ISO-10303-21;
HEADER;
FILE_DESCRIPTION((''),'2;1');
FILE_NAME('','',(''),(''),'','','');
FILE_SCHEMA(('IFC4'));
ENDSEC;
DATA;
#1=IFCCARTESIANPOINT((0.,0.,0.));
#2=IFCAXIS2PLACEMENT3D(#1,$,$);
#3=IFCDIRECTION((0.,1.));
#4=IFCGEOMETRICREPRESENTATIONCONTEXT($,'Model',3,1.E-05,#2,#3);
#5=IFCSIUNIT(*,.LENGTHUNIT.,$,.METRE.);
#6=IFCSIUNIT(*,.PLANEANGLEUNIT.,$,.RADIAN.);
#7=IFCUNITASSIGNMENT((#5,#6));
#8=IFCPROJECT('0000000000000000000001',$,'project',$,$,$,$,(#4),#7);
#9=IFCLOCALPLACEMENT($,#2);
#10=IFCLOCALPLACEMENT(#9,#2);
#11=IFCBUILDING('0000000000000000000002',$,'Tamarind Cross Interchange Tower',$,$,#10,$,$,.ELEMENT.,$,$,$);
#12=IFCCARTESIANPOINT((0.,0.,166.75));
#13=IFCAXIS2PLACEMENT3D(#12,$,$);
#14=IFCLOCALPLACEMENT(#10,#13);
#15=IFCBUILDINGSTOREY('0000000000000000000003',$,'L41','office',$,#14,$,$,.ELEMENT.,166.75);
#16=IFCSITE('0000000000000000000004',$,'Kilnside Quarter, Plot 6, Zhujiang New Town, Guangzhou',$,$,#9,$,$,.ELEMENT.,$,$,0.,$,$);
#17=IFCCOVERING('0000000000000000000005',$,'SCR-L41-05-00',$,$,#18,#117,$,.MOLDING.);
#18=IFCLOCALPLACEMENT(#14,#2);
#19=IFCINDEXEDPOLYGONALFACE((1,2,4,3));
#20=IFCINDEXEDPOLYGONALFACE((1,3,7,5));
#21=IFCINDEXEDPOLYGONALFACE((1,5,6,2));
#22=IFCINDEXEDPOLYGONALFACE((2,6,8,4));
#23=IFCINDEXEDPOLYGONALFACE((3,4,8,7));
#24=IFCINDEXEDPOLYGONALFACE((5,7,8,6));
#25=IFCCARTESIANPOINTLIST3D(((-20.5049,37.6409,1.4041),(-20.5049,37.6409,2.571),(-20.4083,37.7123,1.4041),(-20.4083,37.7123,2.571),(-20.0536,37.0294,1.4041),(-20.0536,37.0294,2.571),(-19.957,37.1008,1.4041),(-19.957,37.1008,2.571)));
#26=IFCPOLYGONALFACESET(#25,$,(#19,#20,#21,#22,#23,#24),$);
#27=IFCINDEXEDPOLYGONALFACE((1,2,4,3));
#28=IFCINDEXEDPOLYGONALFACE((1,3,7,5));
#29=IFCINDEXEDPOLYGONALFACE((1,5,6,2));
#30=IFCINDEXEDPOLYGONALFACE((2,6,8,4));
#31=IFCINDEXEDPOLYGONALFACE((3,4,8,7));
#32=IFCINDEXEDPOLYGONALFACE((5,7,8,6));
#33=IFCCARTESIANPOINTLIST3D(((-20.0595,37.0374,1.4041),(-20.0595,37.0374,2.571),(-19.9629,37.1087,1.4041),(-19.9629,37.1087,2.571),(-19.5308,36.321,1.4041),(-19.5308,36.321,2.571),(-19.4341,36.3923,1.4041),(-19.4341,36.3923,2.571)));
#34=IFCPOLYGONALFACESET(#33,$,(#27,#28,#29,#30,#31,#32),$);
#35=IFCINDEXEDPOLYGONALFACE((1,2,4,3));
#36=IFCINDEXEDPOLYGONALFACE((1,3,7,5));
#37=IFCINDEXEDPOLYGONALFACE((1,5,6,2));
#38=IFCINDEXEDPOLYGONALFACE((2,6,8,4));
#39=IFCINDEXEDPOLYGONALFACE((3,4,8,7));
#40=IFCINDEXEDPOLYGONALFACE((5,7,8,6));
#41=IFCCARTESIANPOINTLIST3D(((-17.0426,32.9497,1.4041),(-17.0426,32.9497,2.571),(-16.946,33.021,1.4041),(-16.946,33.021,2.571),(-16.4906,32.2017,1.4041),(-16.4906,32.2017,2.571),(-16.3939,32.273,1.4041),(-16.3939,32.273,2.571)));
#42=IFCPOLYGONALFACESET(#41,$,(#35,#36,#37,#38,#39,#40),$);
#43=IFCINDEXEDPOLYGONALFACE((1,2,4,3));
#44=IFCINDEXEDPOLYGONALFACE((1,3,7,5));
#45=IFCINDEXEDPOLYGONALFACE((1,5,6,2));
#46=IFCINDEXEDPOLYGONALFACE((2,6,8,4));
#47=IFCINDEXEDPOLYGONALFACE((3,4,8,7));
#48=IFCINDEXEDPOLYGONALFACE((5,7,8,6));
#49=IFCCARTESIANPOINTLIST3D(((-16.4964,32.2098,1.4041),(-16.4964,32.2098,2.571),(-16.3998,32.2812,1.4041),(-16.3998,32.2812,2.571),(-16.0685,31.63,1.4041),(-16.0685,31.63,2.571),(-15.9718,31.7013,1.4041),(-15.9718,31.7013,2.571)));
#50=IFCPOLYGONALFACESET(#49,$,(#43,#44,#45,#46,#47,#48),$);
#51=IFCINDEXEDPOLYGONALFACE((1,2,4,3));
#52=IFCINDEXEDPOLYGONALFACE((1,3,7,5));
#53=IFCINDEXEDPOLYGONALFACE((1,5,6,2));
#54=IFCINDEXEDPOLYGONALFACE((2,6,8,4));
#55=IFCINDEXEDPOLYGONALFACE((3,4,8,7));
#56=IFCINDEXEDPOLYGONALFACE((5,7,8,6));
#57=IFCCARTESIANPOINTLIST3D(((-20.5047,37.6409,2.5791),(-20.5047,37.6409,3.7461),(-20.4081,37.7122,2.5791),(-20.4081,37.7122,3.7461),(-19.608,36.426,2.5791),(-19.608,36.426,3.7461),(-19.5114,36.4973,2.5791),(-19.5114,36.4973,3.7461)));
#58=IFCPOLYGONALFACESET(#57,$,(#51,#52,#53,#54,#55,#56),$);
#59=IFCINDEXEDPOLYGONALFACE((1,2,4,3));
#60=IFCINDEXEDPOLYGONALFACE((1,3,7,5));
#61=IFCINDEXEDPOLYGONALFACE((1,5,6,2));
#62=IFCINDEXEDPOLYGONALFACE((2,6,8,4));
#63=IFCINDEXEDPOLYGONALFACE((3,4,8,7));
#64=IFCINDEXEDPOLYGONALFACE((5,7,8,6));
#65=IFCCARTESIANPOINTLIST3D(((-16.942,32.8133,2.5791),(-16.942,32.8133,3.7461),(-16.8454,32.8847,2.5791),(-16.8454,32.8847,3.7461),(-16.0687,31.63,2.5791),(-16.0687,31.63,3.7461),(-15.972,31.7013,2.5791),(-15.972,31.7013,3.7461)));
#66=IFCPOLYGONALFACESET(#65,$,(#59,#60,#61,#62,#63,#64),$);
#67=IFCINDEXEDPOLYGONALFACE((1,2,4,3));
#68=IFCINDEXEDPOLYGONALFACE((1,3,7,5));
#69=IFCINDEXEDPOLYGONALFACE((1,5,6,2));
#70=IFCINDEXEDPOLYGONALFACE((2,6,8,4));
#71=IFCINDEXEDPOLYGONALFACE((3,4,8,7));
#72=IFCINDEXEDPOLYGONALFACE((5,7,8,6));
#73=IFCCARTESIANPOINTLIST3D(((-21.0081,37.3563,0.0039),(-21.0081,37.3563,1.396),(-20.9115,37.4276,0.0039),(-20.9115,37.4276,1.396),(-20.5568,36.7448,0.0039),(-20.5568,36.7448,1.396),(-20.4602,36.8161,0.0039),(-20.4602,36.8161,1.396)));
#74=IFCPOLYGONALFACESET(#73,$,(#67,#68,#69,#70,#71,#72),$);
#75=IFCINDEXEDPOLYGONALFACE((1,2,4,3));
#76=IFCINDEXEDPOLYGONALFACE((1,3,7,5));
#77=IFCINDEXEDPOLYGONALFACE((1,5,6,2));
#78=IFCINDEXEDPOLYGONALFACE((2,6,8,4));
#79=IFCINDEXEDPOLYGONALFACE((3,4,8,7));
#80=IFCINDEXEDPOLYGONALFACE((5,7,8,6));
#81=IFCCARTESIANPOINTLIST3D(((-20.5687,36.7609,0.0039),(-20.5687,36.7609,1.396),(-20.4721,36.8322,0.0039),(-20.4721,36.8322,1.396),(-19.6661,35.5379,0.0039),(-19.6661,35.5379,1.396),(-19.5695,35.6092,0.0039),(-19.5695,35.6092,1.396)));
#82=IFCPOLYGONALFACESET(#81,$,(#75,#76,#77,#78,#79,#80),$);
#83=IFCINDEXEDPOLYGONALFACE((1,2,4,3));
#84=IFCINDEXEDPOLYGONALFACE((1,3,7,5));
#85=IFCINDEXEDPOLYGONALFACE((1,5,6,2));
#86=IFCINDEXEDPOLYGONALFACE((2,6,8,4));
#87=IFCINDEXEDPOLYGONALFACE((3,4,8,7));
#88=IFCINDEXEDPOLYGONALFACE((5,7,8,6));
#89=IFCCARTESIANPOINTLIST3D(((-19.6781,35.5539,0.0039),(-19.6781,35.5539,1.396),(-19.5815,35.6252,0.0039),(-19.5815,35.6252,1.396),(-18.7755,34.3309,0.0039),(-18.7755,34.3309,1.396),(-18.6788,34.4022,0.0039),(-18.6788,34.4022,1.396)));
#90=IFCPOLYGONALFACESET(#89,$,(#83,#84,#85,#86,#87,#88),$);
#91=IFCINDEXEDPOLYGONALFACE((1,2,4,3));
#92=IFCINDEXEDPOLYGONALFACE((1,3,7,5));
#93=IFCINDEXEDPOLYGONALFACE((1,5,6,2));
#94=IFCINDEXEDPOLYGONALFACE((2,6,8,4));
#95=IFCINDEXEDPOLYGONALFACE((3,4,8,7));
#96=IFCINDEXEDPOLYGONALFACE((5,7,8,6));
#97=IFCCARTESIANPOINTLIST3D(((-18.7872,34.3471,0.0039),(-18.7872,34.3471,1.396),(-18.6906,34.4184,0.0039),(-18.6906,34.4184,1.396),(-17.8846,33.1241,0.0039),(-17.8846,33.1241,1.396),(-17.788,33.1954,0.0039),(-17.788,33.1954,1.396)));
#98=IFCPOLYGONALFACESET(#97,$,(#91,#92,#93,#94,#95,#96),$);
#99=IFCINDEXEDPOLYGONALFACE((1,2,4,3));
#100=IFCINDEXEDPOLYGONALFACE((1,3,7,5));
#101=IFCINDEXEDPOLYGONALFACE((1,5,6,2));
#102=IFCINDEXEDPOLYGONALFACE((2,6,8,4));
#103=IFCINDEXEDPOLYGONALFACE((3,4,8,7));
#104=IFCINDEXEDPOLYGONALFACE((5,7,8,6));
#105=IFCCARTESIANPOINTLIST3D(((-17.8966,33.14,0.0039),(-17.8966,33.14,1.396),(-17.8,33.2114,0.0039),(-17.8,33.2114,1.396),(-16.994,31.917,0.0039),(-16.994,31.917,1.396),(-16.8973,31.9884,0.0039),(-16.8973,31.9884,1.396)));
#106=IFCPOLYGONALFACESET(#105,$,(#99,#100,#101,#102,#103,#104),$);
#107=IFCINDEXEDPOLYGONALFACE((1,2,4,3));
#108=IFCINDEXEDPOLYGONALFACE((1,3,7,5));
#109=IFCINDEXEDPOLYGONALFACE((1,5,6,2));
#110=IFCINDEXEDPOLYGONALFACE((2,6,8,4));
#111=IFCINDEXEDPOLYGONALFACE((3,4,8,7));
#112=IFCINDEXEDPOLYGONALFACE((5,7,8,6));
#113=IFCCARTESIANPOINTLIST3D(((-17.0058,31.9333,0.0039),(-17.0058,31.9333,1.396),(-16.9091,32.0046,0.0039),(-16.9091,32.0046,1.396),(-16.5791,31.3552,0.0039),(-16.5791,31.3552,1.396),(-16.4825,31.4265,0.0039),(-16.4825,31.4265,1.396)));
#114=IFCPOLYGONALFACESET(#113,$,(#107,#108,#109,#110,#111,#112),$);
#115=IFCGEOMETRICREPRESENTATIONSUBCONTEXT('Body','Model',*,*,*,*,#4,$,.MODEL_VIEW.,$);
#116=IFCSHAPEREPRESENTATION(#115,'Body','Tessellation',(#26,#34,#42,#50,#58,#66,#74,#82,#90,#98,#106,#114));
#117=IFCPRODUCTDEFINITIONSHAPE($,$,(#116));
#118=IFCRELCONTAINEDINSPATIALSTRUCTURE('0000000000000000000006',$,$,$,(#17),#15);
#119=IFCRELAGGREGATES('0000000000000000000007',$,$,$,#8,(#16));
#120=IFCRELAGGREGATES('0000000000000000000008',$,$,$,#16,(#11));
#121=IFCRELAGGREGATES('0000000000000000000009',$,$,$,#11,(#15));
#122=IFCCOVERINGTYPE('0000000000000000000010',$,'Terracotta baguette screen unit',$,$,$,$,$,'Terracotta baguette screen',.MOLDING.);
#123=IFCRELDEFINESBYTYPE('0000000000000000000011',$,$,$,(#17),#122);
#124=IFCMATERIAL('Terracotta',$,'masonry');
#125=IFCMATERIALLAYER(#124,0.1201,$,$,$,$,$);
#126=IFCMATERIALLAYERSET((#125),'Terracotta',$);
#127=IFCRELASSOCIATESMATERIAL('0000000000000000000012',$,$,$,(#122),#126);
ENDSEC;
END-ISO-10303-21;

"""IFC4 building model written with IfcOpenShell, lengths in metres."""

from ifc_helpers import new_model, si_unit, direction, frame, origin, origin_2d, place, context, subcontext, project, spatial, rectangle, extrude, material, layer, layer_set, type_object, element, save


model = new_model("IFC4")

# Units and contexts
model_context = context("Model", 3, precision=1e-05, world=origin(), true_north=direction((0.0, 1.0)))
body_context = subcontext(model_context, "Body", "Model", "MODEL_VIEW")
ifc_project = project(units=[si_unit("LENGTHUNIT", "METRE"), si_unit("PLANEANGLEUNIT", "RADIAN")], contexts=[model_context])

# Site, building, storey
site_placement = place(None, origin())
site = spatial("IfcSite", under=ifc_project, at=site_placement, Name="Kilnside Quarter, Plot 6, Zhujiang New Town, Guangzhou", CompositionType="ELEMENT", RefElevation=0.0)
building_placement = place(site_placement, origin())
building = spatial("IfcBuilding", under=site, at=building_placement, Name="Tamarind Cross Interchange Tower", CompositionType="ELEMENT")
storey_placement = place(building_placement, frame((0.0, 0.0, 166.75)))
storey = spatial("IfcBuildingStorey", under=building, at=storey_placement, Name="L41", Description="office", CompositionType="ELEMENT", Elevation=166.75)

# Covering
ifc_material_1 = material(Name="Terracotta", Category="masonry")
ifc_layer_1 = layer(ifc_material_1, 0.1201)
ifc_layer_set_1 = layer_set([ifc_layer_1], Name="Terracotta")
covering_type = type_object("IfcCoveringType", Name="Terracotta baguette screen unit", ElementType="Terracotta baguette screen", PredefinedType="MOLDING", material=ifc_layer_set_1)
covering_1_placement = place(storey_placement, origin())
element("IfcCovering", 1, at=covering_1_placement, inside=storey, type_object=covering_type, Name="SCR-L41-05-00", PredefinedType="MOLDING", context=body_context, shape_type="SweptSolid", body=[
    extrude(rectangle(XDim=0.76, YDim=0.1201, at=origin_2d()), frame((-20.231, 37.3708, 1.4041), z_axis=(0.0, 0.0, 1.0), x_axis=(0.593819, -0.804598, 0.0)), (0.0, 0.0, 1.0), 1.167),
    extrude(rectangle(XDim=0.8904, YDim=0.1201, at=origin_2d()), frame((-19.7468, 36.7148, 1.4041), z_axis=(0.0, 0.0, 1.0), x_axis=(0.593819, -0.804598, 0.0)), (0.0, 0.0, 1.0), 1.167),
    extrude(rectangle(XDim=0.9297, YDim=0.1201, at=origin_2d()), frame((-16.7183, 32.6113, 1.4041), z_axis=(0.0, 0.0, 1.0), x_axis=(0.593819, -0.804598, 0.0)), (0.0, 0.0, 1.0), 1.167),
    extrude(rectangle(XDim=0.7207, YDim=0.1201, at=origin_2d()), frame((-16.2341, 31.9556, 1.4041), z_axis=(0.0, 0.0, 1.0), x_axis=(0.593819, -0.804598, 0.0)), (0.0, 0.0, 1.0), 1.167),
    extrude(rectangle(XDim=1.51, YDim=0.1201, at=origin_2d()), frame((-20.0081, 37.0691, 2.5791), z_axis=(0.0, 0.0, 1.0), x_axis=(0.593819, -0.804598, 0.0)), (0.0, 0.0, 1.0), 1.167),
    extrude(rectangle(XDim=1.4707, YDim=0.1201, at=origin_2d()), frame((-16.457, 32.2573, 2.5791), z_axis=(0.0, 0.0, 1.0), x_axis=(0.593819, -0.804598, 0.0)), (0.0, 0.0, 1.0), 1.167),
    extrude(rectangle(XDim=0.76, YDim=0.1201, at=origin_2d()), frame((-20.7341, 37.0862, 0.0039), z_axis=(0.0, 0.0, 1.0), x_axis=(0.593819, -0.804598, 0.0)), (0.0, 0.0, 1.0), 1.3921),
    extrude(rectangle(XDim=1.52, YDim=0.1201, at=origin_2d()), frame((-20.0691, 36.1851, 0.0039), z_axis=(0.0, 0.0, 1.0), x_axis=(0.593819, -0.804598, 0.0)), (0.0, 0.0, 1.0), 1.3921),
    extrude(rectangle(XDim=1.52, YDim=0.1201, at=origin_2d()), frame((-19.1785, 34.978, 0.0039), z_axis=(0.0, 0.0, 1.0), x_axis=(0.593819, -0.804598, 0.0)), (0.0, 0.0, 1.0), 1.3921),
    extrude(rectangle(XDim=1.52, YDim=0.1201, at=origin_2d()), frame((-18.2876, 33.7712, 0.0039), z_axis=(0.0, 0.0, 1.0), x_axis=(0.593819, -0.804598, 0.0)), (0.0, 0.0, 1.0), 1.3921),
    extrude(rectangle(XDim=1.52, YDim=0.1201, at=origin_2d()), frame((-17.397, 32.5642, 0.0039), z_axis=(0.0, 0.0, 1.0), x_axis=(0.593819, -0.804598, 0.0)), (0.0, 0.0, 1.0), 1.3921),
    extrude(rectangle(XDim=0.7185, YDim=0.1201, at=origin_2d()), frame((-16.7441, 31.6799, 0.0039), z_axis=(0.0, 0.0, 1.0), x_axis=(0.593819, -0.804598, 0.0)), (0.0, 0.0, 1.0), 1.3921),
])

save(model, "model.ifc")
